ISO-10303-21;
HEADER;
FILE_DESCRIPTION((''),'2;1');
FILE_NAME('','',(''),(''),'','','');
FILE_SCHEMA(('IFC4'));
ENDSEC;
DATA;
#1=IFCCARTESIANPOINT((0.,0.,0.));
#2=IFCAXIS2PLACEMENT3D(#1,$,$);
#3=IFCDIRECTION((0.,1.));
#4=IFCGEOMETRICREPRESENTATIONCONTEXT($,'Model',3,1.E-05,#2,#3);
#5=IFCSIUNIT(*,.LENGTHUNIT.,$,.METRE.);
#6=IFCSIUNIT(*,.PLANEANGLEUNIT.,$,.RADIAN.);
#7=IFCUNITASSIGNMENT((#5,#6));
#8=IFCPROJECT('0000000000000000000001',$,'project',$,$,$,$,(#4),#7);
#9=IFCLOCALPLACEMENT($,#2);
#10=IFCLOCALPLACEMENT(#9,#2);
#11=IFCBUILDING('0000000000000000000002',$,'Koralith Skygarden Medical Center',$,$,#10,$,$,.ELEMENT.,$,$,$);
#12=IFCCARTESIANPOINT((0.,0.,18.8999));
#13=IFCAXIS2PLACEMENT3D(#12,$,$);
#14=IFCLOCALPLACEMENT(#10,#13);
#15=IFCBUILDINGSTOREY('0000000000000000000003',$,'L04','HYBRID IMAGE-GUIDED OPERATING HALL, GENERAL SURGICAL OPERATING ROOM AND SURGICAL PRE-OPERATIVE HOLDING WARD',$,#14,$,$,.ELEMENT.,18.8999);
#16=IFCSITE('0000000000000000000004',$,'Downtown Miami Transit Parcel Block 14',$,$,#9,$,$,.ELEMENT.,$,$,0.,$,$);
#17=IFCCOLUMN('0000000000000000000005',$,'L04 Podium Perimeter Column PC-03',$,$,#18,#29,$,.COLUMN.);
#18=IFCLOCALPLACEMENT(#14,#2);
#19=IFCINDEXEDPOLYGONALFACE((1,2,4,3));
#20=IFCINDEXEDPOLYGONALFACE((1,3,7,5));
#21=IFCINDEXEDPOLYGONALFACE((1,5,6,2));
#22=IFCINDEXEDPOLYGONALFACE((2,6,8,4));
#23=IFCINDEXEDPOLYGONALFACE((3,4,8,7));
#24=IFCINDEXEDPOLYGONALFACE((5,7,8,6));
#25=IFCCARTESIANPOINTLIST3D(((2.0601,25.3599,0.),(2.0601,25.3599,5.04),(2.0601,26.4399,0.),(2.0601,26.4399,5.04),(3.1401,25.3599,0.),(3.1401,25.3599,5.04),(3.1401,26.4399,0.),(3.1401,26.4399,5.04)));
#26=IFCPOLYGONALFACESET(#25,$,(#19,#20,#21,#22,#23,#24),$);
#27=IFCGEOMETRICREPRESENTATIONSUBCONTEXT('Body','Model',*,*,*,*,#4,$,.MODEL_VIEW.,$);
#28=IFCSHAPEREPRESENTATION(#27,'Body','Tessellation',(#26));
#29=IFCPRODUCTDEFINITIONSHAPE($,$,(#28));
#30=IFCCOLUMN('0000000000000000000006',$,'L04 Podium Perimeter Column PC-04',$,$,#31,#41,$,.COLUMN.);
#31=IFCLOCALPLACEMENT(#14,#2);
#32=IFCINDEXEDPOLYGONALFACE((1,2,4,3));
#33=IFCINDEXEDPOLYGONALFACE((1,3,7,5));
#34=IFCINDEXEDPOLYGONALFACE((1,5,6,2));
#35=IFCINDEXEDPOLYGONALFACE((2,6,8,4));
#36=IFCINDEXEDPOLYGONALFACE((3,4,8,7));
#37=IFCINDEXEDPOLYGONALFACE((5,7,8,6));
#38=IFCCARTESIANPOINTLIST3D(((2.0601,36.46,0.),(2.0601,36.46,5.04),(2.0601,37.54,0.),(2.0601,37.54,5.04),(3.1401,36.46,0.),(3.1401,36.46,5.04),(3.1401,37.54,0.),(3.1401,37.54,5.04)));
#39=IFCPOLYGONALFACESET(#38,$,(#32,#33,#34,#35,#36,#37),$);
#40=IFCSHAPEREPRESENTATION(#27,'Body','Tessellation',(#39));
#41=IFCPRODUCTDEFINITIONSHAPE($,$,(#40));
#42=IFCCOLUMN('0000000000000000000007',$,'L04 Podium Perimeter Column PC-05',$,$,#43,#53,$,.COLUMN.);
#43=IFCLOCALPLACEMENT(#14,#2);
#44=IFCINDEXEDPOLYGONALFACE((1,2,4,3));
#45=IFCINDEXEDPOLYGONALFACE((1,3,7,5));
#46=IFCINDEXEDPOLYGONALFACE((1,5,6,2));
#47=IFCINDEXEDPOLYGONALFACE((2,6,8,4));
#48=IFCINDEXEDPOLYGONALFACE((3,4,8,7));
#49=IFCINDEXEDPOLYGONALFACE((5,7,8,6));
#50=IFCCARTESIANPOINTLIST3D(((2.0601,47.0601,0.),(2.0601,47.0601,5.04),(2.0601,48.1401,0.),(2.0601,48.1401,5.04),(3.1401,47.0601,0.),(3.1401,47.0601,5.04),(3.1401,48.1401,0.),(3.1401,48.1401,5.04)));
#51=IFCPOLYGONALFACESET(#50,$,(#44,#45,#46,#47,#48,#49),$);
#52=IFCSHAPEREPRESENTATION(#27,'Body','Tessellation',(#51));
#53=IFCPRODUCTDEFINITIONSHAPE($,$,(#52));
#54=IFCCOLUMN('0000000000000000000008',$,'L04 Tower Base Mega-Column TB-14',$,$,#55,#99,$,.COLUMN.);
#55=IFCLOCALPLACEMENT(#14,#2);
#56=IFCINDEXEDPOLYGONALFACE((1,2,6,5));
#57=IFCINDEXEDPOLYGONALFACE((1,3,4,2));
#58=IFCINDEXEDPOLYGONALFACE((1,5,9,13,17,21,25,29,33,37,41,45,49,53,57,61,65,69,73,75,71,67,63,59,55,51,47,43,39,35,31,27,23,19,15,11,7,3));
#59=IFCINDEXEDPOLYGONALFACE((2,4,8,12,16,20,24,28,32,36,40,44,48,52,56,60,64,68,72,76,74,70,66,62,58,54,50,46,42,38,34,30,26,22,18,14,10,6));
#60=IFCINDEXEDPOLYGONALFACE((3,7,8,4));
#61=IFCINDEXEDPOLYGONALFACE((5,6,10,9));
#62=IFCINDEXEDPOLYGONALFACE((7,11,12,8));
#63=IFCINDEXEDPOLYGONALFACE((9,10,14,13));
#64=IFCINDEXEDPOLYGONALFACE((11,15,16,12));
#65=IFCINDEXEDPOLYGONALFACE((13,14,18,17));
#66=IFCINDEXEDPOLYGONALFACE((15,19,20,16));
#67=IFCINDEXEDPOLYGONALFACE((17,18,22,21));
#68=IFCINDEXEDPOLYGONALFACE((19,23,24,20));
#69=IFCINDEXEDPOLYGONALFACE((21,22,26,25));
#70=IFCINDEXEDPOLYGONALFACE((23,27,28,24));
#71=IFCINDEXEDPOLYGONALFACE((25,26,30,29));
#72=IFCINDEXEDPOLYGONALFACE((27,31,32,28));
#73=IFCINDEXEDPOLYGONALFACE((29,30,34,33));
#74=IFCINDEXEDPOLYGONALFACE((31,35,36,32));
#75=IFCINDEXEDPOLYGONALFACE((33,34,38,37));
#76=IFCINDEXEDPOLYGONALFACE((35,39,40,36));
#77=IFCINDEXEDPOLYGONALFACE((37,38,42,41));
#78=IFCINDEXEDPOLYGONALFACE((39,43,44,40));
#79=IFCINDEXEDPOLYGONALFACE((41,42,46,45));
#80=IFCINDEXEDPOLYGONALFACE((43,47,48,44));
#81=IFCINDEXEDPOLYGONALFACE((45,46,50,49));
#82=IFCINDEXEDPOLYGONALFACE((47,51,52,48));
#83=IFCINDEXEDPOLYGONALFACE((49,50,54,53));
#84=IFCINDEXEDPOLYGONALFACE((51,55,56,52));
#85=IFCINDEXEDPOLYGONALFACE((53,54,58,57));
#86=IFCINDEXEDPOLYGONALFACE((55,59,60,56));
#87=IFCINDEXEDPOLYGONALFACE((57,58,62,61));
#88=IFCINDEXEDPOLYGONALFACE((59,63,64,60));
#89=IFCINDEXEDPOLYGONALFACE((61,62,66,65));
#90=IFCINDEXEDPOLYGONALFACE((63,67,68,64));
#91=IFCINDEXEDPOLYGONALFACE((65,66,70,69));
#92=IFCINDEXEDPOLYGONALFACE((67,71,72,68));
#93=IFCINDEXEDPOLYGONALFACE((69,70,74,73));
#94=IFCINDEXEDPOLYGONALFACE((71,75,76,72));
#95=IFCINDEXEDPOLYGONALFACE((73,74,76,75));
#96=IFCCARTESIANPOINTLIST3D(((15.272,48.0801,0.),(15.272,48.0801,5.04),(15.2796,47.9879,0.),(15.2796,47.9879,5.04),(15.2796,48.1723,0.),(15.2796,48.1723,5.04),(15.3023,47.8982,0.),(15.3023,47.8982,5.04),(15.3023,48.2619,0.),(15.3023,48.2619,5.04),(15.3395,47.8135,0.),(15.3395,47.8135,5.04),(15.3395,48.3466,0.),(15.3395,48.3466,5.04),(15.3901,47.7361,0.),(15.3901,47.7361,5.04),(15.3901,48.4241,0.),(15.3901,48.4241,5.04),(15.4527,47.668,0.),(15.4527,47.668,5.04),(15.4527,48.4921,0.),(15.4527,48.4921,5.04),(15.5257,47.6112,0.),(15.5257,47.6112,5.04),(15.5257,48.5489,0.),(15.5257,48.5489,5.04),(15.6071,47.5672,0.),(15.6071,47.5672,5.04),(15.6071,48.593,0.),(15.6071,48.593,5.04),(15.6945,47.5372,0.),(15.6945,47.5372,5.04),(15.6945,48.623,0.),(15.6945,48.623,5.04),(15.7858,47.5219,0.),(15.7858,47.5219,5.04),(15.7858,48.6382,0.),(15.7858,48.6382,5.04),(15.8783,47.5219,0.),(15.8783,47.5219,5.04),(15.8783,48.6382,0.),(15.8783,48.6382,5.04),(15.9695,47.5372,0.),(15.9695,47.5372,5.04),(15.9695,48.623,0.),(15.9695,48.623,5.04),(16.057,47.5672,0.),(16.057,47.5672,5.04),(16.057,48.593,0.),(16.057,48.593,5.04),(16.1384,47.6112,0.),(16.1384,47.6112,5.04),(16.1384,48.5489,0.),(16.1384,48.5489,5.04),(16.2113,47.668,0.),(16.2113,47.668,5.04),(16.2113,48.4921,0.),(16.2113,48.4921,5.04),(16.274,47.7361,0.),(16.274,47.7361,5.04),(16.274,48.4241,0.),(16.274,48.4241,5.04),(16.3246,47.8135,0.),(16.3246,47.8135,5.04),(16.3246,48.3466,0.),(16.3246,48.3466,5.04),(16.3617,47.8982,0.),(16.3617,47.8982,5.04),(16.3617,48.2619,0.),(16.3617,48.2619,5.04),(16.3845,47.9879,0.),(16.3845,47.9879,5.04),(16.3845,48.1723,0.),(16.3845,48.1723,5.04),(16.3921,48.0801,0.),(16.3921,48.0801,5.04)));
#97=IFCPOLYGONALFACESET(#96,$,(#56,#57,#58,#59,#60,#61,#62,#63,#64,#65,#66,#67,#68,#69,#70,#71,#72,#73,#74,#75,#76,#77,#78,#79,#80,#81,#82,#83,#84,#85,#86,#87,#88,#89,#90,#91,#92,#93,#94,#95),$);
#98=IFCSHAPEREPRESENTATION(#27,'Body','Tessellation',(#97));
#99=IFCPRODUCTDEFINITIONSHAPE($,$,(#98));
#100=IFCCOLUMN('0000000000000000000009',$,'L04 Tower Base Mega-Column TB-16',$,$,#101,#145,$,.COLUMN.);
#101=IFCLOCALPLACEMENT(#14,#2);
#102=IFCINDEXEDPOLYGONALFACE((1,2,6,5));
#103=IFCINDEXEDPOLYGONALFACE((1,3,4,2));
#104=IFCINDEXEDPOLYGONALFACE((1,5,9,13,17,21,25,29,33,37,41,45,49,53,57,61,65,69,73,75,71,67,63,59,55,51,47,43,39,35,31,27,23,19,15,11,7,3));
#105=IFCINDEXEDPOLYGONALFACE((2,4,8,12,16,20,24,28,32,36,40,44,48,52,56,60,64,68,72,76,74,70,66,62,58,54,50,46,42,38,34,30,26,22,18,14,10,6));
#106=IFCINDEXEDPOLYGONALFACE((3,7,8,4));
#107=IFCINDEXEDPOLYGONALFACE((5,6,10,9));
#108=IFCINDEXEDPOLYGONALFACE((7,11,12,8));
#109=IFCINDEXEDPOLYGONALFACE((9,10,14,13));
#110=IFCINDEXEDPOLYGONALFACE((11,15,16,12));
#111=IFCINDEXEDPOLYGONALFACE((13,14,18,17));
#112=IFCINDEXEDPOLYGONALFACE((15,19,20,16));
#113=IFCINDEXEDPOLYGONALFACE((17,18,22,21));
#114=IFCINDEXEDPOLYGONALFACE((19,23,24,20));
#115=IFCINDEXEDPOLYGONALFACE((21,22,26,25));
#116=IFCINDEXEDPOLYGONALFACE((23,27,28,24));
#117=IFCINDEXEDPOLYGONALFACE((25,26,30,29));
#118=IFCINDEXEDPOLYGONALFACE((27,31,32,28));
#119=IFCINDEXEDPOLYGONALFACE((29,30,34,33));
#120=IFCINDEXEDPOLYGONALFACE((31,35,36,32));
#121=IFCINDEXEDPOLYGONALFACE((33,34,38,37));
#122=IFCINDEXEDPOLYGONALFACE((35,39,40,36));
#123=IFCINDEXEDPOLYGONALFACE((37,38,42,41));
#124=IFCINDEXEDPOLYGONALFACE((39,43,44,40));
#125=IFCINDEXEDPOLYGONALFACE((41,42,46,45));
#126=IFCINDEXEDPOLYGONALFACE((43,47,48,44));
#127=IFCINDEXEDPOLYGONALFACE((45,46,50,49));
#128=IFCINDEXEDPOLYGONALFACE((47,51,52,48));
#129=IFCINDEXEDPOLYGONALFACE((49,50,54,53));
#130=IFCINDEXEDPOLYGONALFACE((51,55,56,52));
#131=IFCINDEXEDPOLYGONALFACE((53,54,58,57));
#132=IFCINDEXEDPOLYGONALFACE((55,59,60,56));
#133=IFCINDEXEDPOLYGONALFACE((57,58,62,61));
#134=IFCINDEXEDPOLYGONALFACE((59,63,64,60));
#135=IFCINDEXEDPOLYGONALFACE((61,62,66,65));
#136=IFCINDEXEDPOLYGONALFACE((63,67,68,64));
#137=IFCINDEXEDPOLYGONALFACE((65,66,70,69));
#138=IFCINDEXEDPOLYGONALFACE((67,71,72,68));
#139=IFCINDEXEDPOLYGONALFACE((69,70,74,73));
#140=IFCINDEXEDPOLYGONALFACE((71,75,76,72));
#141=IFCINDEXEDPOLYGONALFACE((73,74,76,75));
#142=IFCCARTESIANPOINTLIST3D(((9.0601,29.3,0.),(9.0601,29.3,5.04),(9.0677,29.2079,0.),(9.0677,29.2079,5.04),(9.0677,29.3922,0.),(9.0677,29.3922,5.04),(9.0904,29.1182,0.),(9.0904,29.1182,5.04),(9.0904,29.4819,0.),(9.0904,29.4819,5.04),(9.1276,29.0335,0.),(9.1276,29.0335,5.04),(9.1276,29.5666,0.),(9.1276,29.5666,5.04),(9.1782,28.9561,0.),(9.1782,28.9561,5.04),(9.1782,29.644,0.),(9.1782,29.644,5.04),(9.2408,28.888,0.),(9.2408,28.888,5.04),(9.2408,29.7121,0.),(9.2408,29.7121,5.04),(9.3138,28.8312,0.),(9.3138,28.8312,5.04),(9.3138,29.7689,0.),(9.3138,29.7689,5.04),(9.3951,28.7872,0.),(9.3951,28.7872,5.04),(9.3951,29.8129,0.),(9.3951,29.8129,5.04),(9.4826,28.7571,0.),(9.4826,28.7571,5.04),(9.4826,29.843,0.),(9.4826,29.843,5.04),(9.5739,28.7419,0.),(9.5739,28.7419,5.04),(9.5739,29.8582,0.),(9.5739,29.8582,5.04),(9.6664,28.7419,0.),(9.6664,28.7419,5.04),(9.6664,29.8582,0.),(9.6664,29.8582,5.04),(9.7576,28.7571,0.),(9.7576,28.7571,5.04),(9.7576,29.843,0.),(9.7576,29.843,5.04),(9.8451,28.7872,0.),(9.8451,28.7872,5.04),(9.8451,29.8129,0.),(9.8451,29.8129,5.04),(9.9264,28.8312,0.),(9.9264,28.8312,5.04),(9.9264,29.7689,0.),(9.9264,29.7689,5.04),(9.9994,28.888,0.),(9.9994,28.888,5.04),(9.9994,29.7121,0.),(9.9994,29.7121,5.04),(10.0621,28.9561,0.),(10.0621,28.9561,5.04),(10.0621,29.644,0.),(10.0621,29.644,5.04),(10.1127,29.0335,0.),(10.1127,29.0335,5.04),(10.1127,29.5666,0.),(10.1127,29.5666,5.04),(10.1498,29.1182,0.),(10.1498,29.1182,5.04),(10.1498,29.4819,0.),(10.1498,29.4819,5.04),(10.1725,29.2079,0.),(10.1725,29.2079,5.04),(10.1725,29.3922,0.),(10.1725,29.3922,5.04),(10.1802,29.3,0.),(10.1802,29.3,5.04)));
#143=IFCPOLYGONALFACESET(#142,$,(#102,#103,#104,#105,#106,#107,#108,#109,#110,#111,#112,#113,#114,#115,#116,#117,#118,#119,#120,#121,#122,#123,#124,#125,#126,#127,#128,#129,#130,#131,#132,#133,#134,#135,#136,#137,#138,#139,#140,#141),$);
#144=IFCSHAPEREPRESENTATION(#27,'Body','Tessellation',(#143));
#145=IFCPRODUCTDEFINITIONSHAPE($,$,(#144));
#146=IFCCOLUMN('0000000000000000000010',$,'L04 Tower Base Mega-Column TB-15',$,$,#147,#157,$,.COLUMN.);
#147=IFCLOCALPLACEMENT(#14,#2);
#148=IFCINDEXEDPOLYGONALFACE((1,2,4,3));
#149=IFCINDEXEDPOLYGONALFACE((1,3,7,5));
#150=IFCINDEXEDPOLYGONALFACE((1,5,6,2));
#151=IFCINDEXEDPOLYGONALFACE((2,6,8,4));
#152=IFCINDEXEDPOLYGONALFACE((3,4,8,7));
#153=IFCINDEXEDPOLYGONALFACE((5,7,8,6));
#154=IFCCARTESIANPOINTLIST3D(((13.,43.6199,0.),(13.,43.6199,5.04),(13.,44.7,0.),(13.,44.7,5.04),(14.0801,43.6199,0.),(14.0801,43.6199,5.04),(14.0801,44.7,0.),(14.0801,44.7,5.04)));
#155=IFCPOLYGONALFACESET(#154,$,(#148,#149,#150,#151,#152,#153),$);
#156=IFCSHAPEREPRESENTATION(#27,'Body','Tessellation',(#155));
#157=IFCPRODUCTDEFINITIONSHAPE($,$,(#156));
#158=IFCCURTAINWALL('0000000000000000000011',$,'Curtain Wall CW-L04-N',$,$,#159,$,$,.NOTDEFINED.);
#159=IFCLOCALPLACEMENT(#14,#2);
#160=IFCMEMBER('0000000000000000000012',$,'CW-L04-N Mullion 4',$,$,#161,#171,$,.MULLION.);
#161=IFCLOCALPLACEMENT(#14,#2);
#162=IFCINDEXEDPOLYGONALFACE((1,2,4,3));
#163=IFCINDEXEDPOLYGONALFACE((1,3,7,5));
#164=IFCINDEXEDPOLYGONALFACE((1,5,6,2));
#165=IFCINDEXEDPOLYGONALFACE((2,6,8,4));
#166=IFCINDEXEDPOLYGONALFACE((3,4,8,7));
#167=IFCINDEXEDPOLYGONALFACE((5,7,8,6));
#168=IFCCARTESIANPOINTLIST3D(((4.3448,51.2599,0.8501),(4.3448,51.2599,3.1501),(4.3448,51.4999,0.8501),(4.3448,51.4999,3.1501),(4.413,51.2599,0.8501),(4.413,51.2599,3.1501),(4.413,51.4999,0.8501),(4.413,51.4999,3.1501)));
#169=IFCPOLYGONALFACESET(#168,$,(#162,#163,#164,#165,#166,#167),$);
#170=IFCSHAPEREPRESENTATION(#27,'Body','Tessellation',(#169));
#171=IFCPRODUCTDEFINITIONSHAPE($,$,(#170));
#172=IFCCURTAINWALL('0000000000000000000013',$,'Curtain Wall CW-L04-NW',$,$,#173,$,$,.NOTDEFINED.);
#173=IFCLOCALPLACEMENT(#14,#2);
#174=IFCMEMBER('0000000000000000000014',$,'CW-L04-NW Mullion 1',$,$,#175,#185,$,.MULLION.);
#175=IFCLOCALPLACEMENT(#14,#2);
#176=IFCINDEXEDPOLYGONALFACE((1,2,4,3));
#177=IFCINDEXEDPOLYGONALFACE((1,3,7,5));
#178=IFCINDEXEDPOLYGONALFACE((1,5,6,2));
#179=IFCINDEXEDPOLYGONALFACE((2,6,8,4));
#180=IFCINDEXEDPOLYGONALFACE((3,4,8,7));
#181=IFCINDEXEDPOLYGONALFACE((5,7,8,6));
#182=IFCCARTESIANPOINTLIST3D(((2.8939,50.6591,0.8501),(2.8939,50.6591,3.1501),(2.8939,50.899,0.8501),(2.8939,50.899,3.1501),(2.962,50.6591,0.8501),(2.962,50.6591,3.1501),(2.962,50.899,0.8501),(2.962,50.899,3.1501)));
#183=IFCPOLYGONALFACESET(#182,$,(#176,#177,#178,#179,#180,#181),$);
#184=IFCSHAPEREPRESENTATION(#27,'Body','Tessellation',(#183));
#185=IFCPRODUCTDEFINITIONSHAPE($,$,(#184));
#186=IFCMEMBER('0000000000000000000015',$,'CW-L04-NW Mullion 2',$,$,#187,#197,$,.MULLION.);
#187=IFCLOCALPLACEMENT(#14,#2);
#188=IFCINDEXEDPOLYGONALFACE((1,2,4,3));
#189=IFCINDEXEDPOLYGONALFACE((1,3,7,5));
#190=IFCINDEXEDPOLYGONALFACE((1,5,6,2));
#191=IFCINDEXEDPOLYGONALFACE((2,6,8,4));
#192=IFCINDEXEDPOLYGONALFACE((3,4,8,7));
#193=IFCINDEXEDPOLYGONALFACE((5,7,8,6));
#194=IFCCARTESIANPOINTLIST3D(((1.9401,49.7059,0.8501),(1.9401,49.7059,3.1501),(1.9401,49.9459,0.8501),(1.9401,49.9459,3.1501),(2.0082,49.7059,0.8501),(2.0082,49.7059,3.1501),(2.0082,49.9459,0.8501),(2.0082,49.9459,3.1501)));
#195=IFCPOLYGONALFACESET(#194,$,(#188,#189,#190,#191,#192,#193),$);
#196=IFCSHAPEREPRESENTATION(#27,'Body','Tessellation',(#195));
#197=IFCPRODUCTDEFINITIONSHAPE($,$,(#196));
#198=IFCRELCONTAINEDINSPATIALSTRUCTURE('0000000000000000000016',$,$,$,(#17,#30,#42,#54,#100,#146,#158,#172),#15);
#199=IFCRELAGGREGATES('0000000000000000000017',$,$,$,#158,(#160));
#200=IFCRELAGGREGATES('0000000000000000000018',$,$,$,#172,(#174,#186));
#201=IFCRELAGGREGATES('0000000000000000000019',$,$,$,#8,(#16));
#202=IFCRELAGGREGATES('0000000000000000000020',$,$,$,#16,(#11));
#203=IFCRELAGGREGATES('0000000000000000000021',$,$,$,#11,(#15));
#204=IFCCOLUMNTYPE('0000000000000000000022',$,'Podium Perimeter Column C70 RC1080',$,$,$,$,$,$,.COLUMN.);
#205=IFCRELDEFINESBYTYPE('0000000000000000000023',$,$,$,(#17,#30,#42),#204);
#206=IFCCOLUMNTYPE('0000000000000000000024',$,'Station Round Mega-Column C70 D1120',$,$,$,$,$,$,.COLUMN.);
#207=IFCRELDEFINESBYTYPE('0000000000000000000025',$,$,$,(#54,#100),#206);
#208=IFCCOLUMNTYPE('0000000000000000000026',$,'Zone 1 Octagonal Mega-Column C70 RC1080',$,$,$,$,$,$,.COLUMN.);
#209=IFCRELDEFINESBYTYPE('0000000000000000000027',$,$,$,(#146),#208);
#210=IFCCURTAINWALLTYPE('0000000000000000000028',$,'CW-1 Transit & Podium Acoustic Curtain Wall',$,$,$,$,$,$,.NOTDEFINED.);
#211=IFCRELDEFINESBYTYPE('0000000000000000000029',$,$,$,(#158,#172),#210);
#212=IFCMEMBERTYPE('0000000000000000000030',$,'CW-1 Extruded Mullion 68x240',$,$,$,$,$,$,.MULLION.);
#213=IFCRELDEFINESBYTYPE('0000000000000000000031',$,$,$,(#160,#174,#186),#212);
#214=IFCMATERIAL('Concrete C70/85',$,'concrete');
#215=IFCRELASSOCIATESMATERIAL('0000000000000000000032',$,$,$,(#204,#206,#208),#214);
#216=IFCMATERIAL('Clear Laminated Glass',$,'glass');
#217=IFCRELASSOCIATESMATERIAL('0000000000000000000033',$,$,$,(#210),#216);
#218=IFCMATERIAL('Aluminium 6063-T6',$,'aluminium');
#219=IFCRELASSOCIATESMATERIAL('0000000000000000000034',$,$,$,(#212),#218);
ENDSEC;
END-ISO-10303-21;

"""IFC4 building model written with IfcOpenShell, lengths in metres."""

from ifc_helpers import new_model, si_unit, direction, frame, origin, origin_2d, place, context, subcontext, project, spatial, rectangle, circle, extrude, material, material_profile, profile_set, type_object, element, aggregate, save


model = new_model("IFC4")

# Units and contexts
model_context = context("Model", 3, precision=1e-05, world=origin(), true_north=direction((0.0, 1.0)))
body_context = subcontext(model_context, "Body", "Model", "MODEL_VIEW")
ifc_project = project(units=[si_unit("LENGTHUNIT", "METRE"), si_unit("PLANEANGLEUNIT", "RADIAN")], contexts=[model_context])

# Site, building, storey
site_placement = place(None, origin())
site = spatial("IfcSite", under=ifc_project, at=site_placement, Name="Downtown Miami Transit Parcel Block 14", CompositionType="ELEMENT", RefElevation=0.0)
building_placement = place(site_placement, origin())
building = spatial("IfcBuilding", under=site, at=building_placement, Name="Koralith Skygarden Medical Center", CompositionType="ELEMENT")
storey_placement = place(building_placement, frame((0.0, 0.0, 18.8999)))
storey = spatial("IfcBuildingStorey", under=building, at=storey_placement, Name="L04", Description="HYBRID IMAGE-GUIDED OPERATING HALL, GENERAL SURGICAL OPERATING ROOM AND SURGICAL PRE-OPERATIVE HOLDING WARD", CompositionType="ELEMENT", Elevation=18.8999)

# Columns
ifc_material_1 = material(Name="Concrete C70/85", Category="concrete")
ifc_material_profile_1 = material_profile(ifc_material_1, rectangle(XDim=1.0801, YDim=1.0801, at=origin_2d()), Name="RC1080X1080")
ifc_profile_set_1 = profile_set([ifc_material_profile_1], Name="Concrete C70/85")
column_type_1 = type_object("IfcColumnType", Name="Podium Perimeter Column C70 RC1080", PredefinedType="COLUMN", material=ifc_profile_set_1)
for number, where, z_axis, x_axis, name in (
    (1, (2.6001, 25.8999, 0.0), (0.0, 0.0, 1.0), (1.0, 0.0, 0.0), "L04 Podium Perimeter Column PC-03"),
    (2, (2.6001, 37.0, 0.0), (0.0, 0.0, 1.0), (1.0, 0.0, 0.0), "L04 Podium Perimeter Column PC-04"),
    (3, (2.6001, 47.6001, 0.0), (0.0, 0.0, 1.0), (1.0, 0.0, 0.0), "L04 Podium Perimeter Column PC-05"),
):
    element("IfcColumn", number, at=place(storey_placement, frame(where, z_axis=z_axis, x_axis=x_axis)), inside=storey, type_object=column_type_1, Name=name, PredefinedType="COLUMN", context=body_context, shape_type="SweptSolid", body=[
        extrude(rectangle(XDim=1.0801, YDim=1.0801, at=origin_2d()), origin(), (0.0, 0.0, 1.0), 5.04),
    ])
ifc_material_profile_2 = material_profile(ifc_material_1, circle(Radius=0.5601, at=origin_2d()), Name="RCCOL1120")
ifc_profile_set_2 = profile_set([ifc_material_profile_2], Name="Concrete C70/85")
column_type_2 = type_object("IfcColumnType", Name="Station Round Mega-Column C70 D1120", PredefinedType="COLUMN", material=ifc_profile_set_2)
for number, where, z_axis, x_axis, name in (
    (4, (15.832, 48.0801, 0.0), (0.0, 0.0, 1.0), (1.0, 0.0, 0.0), "L04 Tower Base Mega-Column TB-14"),
    (5, (9.6201, 29.3, 0.0), (0.0, 0.0, 1.0), (1.0, 0.0, 0.0), "L04 Tower Base Mega-Column TB-16"),
):
    element("IfcColumn", number, at=place(storey_placement, frame(where, z_axis=z_axis, x_axis=x_axis)), inside=storey, type_object=column_type_2, Name=name, PredefinedType="COLUMN", context=body_context, shape_type="SweptSolid", body=[
        extrude(circle(Radius=0.5601, at=origin_2d()), origin(), (0.0, 0.0, 1.0), 5.04),
    ])
ifc_material_profile_3 = material_profile(ifc_material_1, rectangle(XDim=1.0801, YDim=1.0801, at=origin_2d()), Name="RC1080X1080")
ifc_profile_set_3 = profile_set([ifc_material_profile_3], Name="Concrete C70/85")
column_type_3 = type_object("IfcColumnType", Name="Zone 1 Octagonal Mega-Column C70 RC1080", PredefinedType="COLUMN", material=ifc_profile_set_3)
column_placement = place(storey_placement, frame((13.54, 44.1599, 0.0), z_axis=(0.0, 0.0, 1.0), x_axis=(1.0, 0.0, 0.0)))
element("IfcColumn", 6, at=column_placement, inside=storey, type_object=column_type_3, Name="L04 Tower Base Mega-Column TB-15", PredefinedType="COLUMN", context=body_context, shape_type="SweptSolid", body=[
    extrude(rectangle(XDim=1.0801, YDim=1.0801, at=origin_2d()), origin(), (0.0, 0.0, 1.0), 5.04),
])

# Curtain wall, member
ifc_material_2 = material(Name="Clear Laminated Glass", Category="glass")
curtain_wall_type = type_object("IfcCurtainWallType", Name="CW-1 Transit & Podium Acoustic Curtain Wall", PredefinedType="NOTDEFINED", material=ifc_material_2)
curtain_wall_1_placement = place(storey_placement, origin())
curtain_wall_1 = element("IfcCurtainWall", 7, at=curtain_wall_1_placement, inside=storey, type_object=curtain_wall_type, Name="Curtain Wall CW-L04-N", PredefinedType="NOTDEFINED")
ifc_material_3 = material(Name="Aluminium 6063-T6", Category="aluminium")
ifc_material_profile_4 = material_profile(ifc_material_3, rectangle(XDim=0.0681, YDim=0.24, at=origin_2d()), Name="MUL68X240")
ifc_profile_set_4 = profile_set([ifc_material_profile_4], Name="Aluminium 6063-T6")
member_type_1 = type_object("IfcMemberType", Name="CW-1 Extruded Mullion 68x240", PredefinedType="MULLION", material=ifc_profile_set_4)
member_1_placement = place(storey_placement, frame((4.3789, 51.3799, 0.8501), z_axis=(0.0, 0.0, 1.0), x_axis=(1.0, 0.0, 0.0)))
member_1 = element("IfcMember", 8, at=member_1_placement, type_object=member_type_1, Name="CW-L04-N Mullion 4", PredefinedType="MULLION", context=body_context, shape_type="SweptSolid", body=[
    extrude(rectangle(XDim=0.0681, YDim=0.24, at=origin_2d()), origin(), (0.0, 0.0, 1.0), 2.3),
])

# Curtain wall, members
curtain_wall_2_placement = place(storey_placement, origin())
curtain_wall_2 = element("IfcCurtainWall", 9, at=curtain_wall_2_placement, inside=storey, type_object=curtain_wall_type, Name="Curtain Wall CW-L04-NW", PredefinedType="NOTDEFINED")
member_2_placement = place(storey_placement, frame((2.928, 50.7791, 0.8501), z_axis=(0.0, 0.0, 1.0), x_axis=(1.0, 0.0, 0.0)))
member_2 = element("IfcMember", 10, at=member_2_placement, type_object=member_type_1, Name="CW-L04-NW Mullion 1", PredefinedType="MULLION", context=body_context, shape_type="SweptSolid", body=[
    extrude(rectangle(XDim=0.0681, YDim=0.24, at=origin_2d()), origin(), (0.0, 0.0, 1.0), 2.3),
])
member_3_placement = place(storey_placement, frame((1.9741, 49.8259, 0.8501), z_axis=(0.0, 0.0, 1.0), x_axis=(1.0, 0.0, 0.0)))
member_3 = element("IfcMember", 11, at=member_3_placement, type_object=member_type_1, Name="CW-L04-NW Mullion 2", PredefinedType="MULLION", context=body_context, shape_type="SweptSolid", body=[
    extrude(rectangle(XDim=0.0681, YDim=0.24, at=origin_2d()), origin(), (0.0, 0.0, 1.0), 2.3),
])

aggregate(curtain_wall_1, [member_1])
aggregate(curtain_wall_2, [member_2, member_3])

save(model, "model.ifc")
